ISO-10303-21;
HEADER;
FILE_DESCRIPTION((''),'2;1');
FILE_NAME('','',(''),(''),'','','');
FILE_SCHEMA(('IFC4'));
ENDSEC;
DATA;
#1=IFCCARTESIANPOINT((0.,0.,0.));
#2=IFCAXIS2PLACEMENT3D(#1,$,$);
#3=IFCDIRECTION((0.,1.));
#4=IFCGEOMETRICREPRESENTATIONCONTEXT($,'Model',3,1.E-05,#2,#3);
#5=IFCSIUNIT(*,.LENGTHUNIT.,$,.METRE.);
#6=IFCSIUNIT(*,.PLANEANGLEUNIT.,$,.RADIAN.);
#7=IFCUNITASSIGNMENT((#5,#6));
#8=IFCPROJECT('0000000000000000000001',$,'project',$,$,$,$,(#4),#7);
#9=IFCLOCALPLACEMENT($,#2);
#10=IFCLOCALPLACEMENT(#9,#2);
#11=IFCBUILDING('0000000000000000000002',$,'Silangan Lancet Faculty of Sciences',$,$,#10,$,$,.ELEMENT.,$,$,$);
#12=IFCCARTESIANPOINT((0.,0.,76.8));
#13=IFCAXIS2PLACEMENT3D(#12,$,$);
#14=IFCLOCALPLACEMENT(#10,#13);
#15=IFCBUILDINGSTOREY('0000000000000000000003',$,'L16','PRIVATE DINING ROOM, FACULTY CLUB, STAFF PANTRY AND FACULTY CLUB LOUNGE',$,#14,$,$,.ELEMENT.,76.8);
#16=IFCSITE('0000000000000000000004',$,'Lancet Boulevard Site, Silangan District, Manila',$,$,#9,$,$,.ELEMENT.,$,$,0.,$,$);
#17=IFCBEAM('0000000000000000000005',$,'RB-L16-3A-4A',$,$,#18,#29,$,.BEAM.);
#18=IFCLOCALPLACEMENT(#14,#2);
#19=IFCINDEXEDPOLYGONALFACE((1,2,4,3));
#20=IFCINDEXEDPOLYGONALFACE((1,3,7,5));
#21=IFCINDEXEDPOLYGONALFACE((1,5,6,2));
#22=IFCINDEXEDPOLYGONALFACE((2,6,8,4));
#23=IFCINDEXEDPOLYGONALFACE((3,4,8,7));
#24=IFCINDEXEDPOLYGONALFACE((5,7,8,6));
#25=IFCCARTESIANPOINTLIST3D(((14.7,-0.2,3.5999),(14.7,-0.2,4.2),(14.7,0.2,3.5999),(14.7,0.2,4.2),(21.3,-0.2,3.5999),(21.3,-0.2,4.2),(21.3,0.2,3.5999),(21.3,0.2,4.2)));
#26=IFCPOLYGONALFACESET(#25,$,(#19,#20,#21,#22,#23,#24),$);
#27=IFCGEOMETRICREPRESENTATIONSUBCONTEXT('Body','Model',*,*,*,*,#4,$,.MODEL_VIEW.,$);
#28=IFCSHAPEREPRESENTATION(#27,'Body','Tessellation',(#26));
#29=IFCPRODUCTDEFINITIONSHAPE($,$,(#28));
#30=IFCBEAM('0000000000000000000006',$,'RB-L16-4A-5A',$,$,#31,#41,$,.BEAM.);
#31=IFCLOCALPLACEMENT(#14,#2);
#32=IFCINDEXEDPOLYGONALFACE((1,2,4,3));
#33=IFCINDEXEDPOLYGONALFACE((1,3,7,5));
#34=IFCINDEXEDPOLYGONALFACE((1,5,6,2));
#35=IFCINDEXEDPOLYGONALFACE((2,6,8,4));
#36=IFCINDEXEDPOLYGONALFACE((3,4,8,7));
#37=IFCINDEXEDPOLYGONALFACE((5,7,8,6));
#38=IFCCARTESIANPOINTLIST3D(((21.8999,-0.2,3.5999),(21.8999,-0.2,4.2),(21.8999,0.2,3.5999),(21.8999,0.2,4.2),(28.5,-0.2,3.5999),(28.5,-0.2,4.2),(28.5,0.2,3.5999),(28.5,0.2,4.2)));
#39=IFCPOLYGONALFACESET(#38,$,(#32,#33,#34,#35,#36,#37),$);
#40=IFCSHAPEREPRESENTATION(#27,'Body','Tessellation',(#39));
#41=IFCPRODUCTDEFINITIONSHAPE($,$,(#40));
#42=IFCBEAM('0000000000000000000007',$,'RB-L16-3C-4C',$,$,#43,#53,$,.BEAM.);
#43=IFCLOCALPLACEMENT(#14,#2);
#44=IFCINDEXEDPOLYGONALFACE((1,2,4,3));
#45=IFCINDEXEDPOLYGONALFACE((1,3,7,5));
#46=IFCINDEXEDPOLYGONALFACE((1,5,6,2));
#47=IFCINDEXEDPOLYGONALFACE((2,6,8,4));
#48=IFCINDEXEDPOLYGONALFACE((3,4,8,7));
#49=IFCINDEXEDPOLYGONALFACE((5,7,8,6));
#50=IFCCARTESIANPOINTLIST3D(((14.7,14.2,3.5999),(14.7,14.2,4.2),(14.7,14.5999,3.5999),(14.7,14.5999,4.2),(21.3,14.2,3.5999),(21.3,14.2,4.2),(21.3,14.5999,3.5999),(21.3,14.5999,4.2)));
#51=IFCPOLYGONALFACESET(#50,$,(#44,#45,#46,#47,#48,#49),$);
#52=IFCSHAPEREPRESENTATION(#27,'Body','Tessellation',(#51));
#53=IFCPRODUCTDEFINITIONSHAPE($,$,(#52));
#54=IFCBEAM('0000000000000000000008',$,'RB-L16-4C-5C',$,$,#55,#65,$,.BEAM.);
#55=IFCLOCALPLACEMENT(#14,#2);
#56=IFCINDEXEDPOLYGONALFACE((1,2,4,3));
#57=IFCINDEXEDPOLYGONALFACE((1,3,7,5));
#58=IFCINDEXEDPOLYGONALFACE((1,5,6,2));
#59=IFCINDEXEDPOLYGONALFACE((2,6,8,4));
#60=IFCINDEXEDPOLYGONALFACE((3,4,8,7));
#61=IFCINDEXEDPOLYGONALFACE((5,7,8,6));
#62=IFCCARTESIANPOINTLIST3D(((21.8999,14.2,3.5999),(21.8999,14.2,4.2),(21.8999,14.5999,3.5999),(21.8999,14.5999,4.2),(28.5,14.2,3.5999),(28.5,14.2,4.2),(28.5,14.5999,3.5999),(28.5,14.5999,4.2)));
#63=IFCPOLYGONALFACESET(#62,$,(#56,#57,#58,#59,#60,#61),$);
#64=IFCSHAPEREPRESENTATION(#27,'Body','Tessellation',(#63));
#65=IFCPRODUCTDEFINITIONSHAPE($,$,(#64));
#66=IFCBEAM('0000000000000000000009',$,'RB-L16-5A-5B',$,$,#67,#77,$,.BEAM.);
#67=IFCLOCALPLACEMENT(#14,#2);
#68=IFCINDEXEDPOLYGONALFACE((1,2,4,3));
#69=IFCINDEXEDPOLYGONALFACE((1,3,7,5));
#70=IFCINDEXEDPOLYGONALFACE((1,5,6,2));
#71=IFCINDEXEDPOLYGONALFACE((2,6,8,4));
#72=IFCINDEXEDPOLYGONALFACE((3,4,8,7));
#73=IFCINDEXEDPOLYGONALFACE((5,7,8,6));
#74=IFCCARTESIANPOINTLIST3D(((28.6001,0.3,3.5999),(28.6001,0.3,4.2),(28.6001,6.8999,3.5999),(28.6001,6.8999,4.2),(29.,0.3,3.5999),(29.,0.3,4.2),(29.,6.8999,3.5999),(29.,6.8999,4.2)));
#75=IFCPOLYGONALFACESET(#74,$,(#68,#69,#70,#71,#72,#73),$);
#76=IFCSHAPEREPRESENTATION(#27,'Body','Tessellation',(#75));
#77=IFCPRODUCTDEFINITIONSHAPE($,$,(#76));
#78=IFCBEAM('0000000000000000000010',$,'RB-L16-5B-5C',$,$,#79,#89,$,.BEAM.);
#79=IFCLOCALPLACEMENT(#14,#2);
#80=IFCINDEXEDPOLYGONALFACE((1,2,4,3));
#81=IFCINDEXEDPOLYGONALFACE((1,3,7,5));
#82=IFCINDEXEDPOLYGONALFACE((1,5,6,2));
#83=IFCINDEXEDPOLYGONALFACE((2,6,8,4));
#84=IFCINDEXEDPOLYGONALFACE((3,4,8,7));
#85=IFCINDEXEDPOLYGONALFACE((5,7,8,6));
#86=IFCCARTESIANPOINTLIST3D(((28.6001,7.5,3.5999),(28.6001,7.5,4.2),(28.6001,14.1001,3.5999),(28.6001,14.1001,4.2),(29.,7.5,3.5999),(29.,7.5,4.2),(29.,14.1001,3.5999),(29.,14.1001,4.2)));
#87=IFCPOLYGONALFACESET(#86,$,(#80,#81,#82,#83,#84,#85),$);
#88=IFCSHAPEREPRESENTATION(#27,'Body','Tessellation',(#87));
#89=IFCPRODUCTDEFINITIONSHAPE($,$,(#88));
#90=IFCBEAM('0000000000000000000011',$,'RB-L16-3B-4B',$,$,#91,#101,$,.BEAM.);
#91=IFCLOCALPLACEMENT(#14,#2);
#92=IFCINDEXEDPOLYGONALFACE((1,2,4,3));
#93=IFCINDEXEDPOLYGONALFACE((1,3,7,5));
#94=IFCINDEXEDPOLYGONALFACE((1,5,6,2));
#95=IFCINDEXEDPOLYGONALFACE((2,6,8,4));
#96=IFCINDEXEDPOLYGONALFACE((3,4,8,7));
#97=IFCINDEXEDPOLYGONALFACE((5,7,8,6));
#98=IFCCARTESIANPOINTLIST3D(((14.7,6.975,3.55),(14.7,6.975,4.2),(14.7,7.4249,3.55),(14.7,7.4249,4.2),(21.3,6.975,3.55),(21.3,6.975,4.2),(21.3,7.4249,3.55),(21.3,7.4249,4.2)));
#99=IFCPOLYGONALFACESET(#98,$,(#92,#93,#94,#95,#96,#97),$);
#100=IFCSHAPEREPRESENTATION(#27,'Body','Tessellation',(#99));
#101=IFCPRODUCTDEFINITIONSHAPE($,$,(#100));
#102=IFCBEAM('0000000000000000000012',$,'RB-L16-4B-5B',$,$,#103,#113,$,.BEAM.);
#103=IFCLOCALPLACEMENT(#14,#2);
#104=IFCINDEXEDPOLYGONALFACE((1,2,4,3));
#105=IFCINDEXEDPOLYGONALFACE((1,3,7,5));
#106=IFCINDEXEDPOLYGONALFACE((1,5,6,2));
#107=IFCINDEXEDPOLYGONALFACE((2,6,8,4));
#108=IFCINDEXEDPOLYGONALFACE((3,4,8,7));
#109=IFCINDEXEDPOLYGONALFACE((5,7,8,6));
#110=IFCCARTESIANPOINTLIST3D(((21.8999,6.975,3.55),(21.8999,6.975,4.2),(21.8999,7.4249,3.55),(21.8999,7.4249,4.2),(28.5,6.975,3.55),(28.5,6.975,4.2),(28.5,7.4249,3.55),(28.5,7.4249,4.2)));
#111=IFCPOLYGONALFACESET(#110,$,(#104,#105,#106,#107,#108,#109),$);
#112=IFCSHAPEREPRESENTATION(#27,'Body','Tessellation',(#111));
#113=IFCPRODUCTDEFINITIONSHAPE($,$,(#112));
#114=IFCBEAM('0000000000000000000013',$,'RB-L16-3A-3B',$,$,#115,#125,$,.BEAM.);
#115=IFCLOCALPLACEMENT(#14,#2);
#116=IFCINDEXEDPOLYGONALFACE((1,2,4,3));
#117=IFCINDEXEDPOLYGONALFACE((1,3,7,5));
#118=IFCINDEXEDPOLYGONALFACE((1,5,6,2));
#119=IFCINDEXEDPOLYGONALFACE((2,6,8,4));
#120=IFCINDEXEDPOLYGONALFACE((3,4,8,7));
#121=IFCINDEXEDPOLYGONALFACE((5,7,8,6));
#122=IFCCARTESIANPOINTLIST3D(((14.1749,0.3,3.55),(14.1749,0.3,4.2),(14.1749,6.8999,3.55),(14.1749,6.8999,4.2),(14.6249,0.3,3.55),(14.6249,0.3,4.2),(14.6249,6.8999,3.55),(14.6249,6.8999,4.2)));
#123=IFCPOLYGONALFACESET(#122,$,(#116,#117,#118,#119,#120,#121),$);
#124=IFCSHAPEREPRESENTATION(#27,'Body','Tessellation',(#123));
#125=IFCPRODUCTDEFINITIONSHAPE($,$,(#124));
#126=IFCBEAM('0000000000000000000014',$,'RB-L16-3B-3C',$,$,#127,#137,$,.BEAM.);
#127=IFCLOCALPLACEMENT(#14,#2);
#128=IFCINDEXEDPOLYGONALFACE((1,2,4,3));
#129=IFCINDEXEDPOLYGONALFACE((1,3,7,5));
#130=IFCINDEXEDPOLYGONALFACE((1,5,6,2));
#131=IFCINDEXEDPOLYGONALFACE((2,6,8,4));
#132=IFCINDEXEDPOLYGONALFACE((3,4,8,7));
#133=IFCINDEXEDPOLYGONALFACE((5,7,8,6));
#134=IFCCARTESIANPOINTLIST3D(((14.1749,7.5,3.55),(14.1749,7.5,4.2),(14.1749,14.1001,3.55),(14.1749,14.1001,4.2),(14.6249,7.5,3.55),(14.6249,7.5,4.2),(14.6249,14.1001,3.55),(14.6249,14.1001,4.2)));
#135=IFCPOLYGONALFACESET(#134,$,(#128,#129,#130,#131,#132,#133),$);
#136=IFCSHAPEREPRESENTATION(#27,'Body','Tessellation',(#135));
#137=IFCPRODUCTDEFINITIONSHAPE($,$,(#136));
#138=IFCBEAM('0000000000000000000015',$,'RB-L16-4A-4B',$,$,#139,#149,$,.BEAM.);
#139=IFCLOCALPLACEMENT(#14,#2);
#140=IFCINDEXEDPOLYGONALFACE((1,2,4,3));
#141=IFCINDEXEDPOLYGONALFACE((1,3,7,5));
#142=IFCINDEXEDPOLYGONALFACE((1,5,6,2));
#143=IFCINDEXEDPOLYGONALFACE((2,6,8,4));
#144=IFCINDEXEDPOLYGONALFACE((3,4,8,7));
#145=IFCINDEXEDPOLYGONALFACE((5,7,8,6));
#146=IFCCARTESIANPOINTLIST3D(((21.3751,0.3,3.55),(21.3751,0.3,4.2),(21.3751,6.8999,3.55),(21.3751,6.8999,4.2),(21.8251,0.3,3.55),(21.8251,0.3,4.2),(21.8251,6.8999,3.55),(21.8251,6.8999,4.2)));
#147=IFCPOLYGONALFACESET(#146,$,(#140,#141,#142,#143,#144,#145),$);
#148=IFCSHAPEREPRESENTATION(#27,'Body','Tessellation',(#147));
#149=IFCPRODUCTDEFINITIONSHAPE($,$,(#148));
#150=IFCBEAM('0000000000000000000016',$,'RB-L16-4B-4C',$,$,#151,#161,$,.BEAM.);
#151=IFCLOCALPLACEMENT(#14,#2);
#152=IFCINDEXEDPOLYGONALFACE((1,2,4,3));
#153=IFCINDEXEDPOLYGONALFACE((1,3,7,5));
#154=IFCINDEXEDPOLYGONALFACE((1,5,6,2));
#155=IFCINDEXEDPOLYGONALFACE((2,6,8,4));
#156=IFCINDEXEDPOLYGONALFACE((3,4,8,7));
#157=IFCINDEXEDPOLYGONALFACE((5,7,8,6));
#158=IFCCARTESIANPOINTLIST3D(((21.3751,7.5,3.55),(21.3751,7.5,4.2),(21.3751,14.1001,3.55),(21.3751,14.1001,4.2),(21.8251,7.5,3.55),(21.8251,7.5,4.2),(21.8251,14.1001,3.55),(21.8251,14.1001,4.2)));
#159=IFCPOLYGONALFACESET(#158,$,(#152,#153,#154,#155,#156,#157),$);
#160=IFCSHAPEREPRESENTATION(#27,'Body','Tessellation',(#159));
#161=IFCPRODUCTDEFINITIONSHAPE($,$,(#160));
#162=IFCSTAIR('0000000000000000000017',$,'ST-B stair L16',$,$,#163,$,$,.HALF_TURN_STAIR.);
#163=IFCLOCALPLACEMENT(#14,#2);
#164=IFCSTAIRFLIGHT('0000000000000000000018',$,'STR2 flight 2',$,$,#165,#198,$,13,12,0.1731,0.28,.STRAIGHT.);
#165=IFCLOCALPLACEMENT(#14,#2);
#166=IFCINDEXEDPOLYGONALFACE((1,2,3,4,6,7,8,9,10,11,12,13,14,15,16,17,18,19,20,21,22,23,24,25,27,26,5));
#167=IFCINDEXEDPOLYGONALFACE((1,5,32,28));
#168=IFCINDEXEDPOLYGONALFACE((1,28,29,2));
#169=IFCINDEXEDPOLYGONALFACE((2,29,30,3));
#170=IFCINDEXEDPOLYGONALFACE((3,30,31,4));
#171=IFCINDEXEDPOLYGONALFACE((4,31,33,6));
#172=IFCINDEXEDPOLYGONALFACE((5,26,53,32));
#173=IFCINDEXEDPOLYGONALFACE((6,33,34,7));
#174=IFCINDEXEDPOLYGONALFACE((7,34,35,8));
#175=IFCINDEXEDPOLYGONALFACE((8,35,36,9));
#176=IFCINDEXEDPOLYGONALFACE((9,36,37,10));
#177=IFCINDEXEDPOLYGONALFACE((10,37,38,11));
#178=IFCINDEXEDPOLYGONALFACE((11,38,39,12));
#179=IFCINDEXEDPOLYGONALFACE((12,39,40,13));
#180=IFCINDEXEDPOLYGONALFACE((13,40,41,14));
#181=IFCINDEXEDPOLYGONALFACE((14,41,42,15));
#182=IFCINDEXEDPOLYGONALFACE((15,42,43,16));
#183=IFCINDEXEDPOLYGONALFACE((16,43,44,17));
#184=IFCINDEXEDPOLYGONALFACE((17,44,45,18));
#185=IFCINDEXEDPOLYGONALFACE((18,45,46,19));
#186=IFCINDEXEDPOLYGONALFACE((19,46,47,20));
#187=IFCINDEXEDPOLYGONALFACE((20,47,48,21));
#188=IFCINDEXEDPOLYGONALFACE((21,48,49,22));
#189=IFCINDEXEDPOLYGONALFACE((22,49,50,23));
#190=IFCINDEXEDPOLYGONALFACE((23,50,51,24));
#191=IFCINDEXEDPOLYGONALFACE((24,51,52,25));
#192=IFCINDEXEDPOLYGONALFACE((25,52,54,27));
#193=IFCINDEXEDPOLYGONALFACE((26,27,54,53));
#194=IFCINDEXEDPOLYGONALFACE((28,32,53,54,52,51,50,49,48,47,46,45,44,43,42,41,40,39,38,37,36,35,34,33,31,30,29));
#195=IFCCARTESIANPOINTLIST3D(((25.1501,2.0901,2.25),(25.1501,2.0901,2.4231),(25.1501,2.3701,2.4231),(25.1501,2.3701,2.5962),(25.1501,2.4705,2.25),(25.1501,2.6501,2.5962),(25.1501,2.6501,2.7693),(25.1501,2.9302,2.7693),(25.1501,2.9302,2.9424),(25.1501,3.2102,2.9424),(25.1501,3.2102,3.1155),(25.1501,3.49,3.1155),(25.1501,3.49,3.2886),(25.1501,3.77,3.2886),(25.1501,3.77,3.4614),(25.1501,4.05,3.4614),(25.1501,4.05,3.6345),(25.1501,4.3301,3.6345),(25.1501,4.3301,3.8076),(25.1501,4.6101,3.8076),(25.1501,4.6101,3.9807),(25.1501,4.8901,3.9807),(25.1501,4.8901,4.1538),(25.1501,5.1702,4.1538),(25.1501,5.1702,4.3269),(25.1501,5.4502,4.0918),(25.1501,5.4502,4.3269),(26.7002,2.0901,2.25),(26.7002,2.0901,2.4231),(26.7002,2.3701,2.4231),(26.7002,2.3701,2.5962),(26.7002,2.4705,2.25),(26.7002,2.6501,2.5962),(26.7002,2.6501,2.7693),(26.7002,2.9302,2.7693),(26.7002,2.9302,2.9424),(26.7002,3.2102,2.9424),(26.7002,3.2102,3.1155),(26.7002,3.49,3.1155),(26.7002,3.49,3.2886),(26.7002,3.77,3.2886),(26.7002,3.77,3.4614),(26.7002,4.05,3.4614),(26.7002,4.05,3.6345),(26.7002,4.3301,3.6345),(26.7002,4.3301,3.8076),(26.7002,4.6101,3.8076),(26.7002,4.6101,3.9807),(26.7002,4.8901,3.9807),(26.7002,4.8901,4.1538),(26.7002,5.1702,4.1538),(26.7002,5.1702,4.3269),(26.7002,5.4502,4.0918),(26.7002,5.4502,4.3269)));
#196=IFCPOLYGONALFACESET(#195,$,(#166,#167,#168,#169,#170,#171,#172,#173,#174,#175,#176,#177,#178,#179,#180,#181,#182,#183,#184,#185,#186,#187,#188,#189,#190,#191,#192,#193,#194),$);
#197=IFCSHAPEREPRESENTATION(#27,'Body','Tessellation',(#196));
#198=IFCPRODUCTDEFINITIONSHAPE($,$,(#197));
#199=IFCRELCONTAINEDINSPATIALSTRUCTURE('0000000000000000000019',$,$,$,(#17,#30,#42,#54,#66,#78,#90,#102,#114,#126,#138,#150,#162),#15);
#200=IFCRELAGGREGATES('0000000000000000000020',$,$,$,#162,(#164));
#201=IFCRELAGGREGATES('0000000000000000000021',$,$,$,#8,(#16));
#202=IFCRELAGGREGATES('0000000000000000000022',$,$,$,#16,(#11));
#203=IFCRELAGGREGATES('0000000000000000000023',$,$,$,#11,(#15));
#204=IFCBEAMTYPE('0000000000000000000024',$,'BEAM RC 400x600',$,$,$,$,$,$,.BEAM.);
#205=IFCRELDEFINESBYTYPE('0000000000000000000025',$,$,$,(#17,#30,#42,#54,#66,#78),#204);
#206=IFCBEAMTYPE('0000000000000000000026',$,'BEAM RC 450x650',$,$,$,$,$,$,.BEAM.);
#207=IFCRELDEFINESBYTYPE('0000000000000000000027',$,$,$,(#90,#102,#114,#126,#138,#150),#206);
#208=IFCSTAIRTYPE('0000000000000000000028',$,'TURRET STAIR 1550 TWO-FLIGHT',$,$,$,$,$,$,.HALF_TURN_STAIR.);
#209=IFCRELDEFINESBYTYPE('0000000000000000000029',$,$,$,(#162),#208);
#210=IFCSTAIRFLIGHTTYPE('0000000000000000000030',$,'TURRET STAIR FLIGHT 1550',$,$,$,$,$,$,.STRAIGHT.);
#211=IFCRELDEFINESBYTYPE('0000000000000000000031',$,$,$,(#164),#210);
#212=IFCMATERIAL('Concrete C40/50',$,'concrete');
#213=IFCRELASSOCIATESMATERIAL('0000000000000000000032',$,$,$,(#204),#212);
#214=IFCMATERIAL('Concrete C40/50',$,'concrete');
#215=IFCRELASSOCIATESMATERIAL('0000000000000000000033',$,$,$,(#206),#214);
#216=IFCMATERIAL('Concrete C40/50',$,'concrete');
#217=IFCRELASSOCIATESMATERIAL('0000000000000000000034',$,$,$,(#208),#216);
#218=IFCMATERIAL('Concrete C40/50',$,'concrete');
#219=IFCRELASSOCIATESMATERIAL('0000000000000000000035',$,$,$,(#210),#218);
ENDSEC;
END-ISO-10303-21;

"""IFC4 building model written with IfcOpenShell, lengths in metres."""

from ifc_helpers import new_model, si_unit, direction, frame, origin, origin_2d, place, context, subcontext, project, spatial, polyline, rectangle, outline, extrude, material, material_profile, profile_set, type_object, element, aggregate, save


model = new_model("IFC4")

# Units and contexts
model_context = context("Model", 3, precision=1e-05, world=origin(), true_north=direction((0.0, 1.0)))
body_context = subcontext(model_context, "Body", "Model", "MODEL_VIEW")
ifc_project = project(units=[si_unit("LENGTHUNIT", "METRE"), si_unit("PLANEANGLEUNIT", "RADIAN")], contexts=[model_context])

# Site, building, storey
site_placement = place(None, origin())
site = spatial("IfcSite", under=ifc_project, at=site_placement, Name="Lancet Boulevard Site, Silangan District, Manila", CompositionType="ELEMENT", RefElevation=0.0)
building_placement = place(site_placement, origin())
building = spatial("IfcBuilding", under=site, at=building_placement, Name="Silangan Lancet Faculty of Sciences", CompositionType="ELEMENT")
storey_placement = place(building_placement, frame((0.0, 0.0, 76.8)))
storey = spatial("IfcBuildingStorey", under=building, at=storey_placement, Name="L16", Description="PRIVATE DINING ROOM, FACULTY CLUB, STAFF PANTRY AND FACULTY CLUB LOUNGE", CompositionType="ELEMENT", Elevation=76.8)

# Beams
ifc_material_1 = material(Name="Concrete C40/50", Category="concrete")
ifc_material_profile_1 = material_profile(ifc_material_1, rectangle(XDim=0.3999, YDim=0.6001, at=origin_2d()), Name="RC 400x600")
ifc_profile_set_1 = profile_set([ifc_material_profile_1], Name="Concrete C40/50")
beam_type_1 = type_object("IfcBeamType", Name="BEAM RC 400x600", PredefinedType="BEAM", material=ifc_profile_set_1)
for number, where, z_axis, x_axis, name in (
    (1, (14.7, 0.0, 3.8999), (1.0, 0.0, 0.0), (0.0, 1.0, 0.0), "RB-L16-3A-4A"),
    (2, (21.8999, 0.0, 3.8999), (1.0, 0.0, 0.0), (0.0, 1.0, 0.0), "RB-L16-4A-5A"),
    (3, (14.7, 14.3999, 3.8999), (1.0, 0.0, 0.0), (0.0, 1.0, 0.0), "RB-L16-3C-4C"),
    (4, (21.8999, 14.3999, 3.8999), (1.0, 0.0, 0.0), (0.0, 1.0, 0.0), "RB-L16-4C-5C"),
):
    element("IfcBeam", number, at=place(storey_placement, frame(where, z_axis=z_axis, x_axis=x_axis)), inside=storey, type_object=beam_type_1, Name=name, PredefinedType="BEAM", context=body_context, shape_type="SweptSolid", body=[
        extrude(rectangle(XDim=0.3999, YDim=0.6001, at=origin_2d()), origin(), (0.0, 0.0, 1.0), 6.6001),
    ])
beam_1_placement = place(storey_placement, frame((28.8, 0.3, 3.8999), z_axis=(0.0, 1.0, 0.0), x_axis=(-1.0, 0.0, 0.0)))
element("IfcBeam", 5, at=beam_1_placement, inside=storey, type_object=beam_type_1, Name="RB-L16-5A-5B", PredefinedType="BEAM", context=body_context, shape_type="SweptSolid", body=[
    extrude(rectangle(XDim=0.3999, YDim=0.6001, at=origin_2d()), origin(), (0.0, 0.0, 1.0), 6.5999),
])
beam_2_placement = place(storey_placement, frame((28.8, 7.5, 3.8999), z_axis=(0.0, 1.0, 0.0), x_axis=(-1.0, 0.0, 0.0)))
element("IfcBeam", 6, at=beam_2_placement, inside=storey, type_object=beam_type_1, Name="RB-L16-5B-5C", PredefinedType="BEAM", context=body_context, shape_type="SweptSolid", body=[
    extrude(rectangle(XDim=0.3999, YDim=0.6001, at=origin_2d()), origin(), (0.0, 0.0, 1.0), 6.6001),
])
ifc_material_2 = material(Name="Concrete C40/50", Category="concrete")
ifc_material_profile_2 = material_profile(ifc_material_2, rectangle(XDim=0.45, YDim=0.6499, at=origin_2d()), Name="RC 450x650")
ifc_profile_set_2 = profile_set([ifc_material_profile_2], Name="Concrete C40/50")
beam_type_2 = type_object("IfcBeamType", Name="BEAM RC 450x650", PredefinedType="BEAM", material=ifc_profile_set_2)
for number, where, z_axis, x_axis, name in (
    (7, (14.7, 7.2, 3.875), (1.0, 0.0, 0.0), (0.0, 1.0, 0.0), "RB-L16-3B-4B"),
    (8, (21.8999, 7.2, 3.875), (1.0, 0.0, 0.0), (0.0, 1.0, 0.0), "RB-L16-4B-5B"),
):
    element("IfcBeam", number, at=place(storey_placement, frame(where, z_axis=z_axis, x_axis=x_axis)), inside=storey, type_object=beam_type_2, Name=name, PredefinedType="BEAM", context=body_context, shape_type="SweptSolid", body=[
        extrude(rectangle(XDim=0.45, YDim=0.6499, at=origin_2d()), origin(), (0.0, 0.0, 1.0), 6.6001),
    ])
beam_3_placement = place(storey_placement, frame((14.3999, 0.3, 3.875), z_axis=(0.0, 1.0, 0.0), x_axis=(-1.0, 0.0, 0.0)))
element("IfcBeam", 9, at=beam_3_placement, inside=storey, type_object=beam_type_2, Name="RB-L16-3A-3B", PredefinedType="BEAM", context=body_context, shape_type="SweptSolid", body=[
    extrude(rectangle(XDim=0.45, YDim=0.6499, at=origin_2d()), origin(), (0.0, 0.0, 1.0), 6.5999),
])
beam_4_placement = place(storey_placement, frame((14.3999, 7.5, 3.875), z_axis=(0.0, 1.0, 0.0), x_axis=(-1.0, 0.0, 0.0)))
element("IfcBeam", 10, at=beam_4_placement, inside=storey, type_object=beam_type_2, Name="RB-L16-3B-3C", PredefinedType="BEAM", context=body_context, shape_type="SweptSolid", body=[
    extrude(rectangle(XDim=0.45, YDim=0.6499, at=origin_2d()), origin(), (0.0, 0.0, 1.0), 6.6001),
])
beam_5_placement = place(storey_placement, frame((21.6001, 0.3, 3.875), z_axis=(0.0, 1.0, 0.0), x_axis=(-1.0, 0.0, 0.0)))
element("IfcBeam", 11, at=beam_5_placement, inside=storey, type_object=beam_type_2, Name="RB-L16-4A-4B", PredefinedType="BEAM", context=body_context, shape_type="SweptSolid", body=[
    extrude(rectangle(XDim=0.45, YDim=0.6499, at=origin_2d()), origin(), (0.0, 0.0, 1.0), 6.5999),
])
beam_6_placement = place(storey_placement, frame((21.6001, 7.5, 3.875), z_axis=(0.0, 1.0, 0.0), x_axis=(-1.0, 0.0, 0.0)))
element("IfcBeam", 12, at=beam_6_placement, inside=storey, type_object=beam_type_2, Name="RB-L16-4B-4C", PredefinedType="BEAM", context=body_context, shape_type="SweptSolid", body=[
    extrude(rectangle(XDim=0.45, YDim=0.6499, at=origin_2d()), origin(), (0.0, 0.0, 1.0), 6.6001),
])

# Stair, stair flight
ifc_material_3 = material(Name="Concrete C40/50", Category="concrete")
stair_type = type_object("IfcStairType", Name="TURRET STAIR 1550 TWO-FLIGHT", PredefinedType="HALF_TURN_STAIR", material=ifc_material_3)
stair_placement = place(storey_placement, origin())
stair = element("IfcStair", 13, at=stair_placement, inside=storey, type_object=stair_type, Name="ST-B stair L16", PredefinedType="HALF_TURN_STAIR")
ifc_material_4 = material(Name="Concrete C40/50", Category="concrete")
stair_flight_type = type_object("IfcStairFlightType", Name="TURRET STAIR FLIGHT 1550", PredefinedType="STRAIGHT", material=ifc_material_4)
stair_flight_placement = place(storey_placement, frame((25.925, 2.0901, 2.25), z_axis=(0.0, 0.0, 1.0), x_axis=(0.0, 1.0, 0.0)))
stair_flight = element("IfcStairFlight", 14, at=stair_flight_placement, type_object=stair_flight_type, Name="STR2 flight 2", NumberOfRisers=13, NumberOfTreads=12, PredefinedType="STRAIGHT", RiserHeight=0.1731, TreadLength=0.28, context=body_context, shape_type="SweptSolid", body=[
    extrude(outline(polyline([(0.0, 0.0), (0.0, 0.1731), (0.28, 0.1731), (0.28, 0.3462), (0.5601, 0.3462), (0.5601, 0.5193), (0.8401, 0.5193), (0.8401, 0.6924), (1.1201, 0.6924), (1.1201, 0.8655), (1.3999, 0.8655), (1.3999, 1.0386), (1.6799, 1.0386), (1.6799, 1.2114), (1.96, 1.2114), (1.96, 1.3845), (2.24, 1.3845), (2.24, 1.5576), (2.52, 1.5576), (2.52, 1.7307), (2.8, 1.7307), (2.8, 1.9038), (3.0801, 1.9038), (3.0801, 2.0769), (3.3601, 2.0769), (3.3601, 2.25), (3.3601, 1.8418), (0.3804, 0.0), (0.0, 0.0)])), frame((0.0, 0.7749, 0.0), z_axis=(0.0, -1.0, 0.0), x_axis=(1.0, 0.0, 0.0)), (0.0, 0.0, 1.0), 1.55),
])
aggregate(stair, [stair_flight])

save(model, "model.ifc")
